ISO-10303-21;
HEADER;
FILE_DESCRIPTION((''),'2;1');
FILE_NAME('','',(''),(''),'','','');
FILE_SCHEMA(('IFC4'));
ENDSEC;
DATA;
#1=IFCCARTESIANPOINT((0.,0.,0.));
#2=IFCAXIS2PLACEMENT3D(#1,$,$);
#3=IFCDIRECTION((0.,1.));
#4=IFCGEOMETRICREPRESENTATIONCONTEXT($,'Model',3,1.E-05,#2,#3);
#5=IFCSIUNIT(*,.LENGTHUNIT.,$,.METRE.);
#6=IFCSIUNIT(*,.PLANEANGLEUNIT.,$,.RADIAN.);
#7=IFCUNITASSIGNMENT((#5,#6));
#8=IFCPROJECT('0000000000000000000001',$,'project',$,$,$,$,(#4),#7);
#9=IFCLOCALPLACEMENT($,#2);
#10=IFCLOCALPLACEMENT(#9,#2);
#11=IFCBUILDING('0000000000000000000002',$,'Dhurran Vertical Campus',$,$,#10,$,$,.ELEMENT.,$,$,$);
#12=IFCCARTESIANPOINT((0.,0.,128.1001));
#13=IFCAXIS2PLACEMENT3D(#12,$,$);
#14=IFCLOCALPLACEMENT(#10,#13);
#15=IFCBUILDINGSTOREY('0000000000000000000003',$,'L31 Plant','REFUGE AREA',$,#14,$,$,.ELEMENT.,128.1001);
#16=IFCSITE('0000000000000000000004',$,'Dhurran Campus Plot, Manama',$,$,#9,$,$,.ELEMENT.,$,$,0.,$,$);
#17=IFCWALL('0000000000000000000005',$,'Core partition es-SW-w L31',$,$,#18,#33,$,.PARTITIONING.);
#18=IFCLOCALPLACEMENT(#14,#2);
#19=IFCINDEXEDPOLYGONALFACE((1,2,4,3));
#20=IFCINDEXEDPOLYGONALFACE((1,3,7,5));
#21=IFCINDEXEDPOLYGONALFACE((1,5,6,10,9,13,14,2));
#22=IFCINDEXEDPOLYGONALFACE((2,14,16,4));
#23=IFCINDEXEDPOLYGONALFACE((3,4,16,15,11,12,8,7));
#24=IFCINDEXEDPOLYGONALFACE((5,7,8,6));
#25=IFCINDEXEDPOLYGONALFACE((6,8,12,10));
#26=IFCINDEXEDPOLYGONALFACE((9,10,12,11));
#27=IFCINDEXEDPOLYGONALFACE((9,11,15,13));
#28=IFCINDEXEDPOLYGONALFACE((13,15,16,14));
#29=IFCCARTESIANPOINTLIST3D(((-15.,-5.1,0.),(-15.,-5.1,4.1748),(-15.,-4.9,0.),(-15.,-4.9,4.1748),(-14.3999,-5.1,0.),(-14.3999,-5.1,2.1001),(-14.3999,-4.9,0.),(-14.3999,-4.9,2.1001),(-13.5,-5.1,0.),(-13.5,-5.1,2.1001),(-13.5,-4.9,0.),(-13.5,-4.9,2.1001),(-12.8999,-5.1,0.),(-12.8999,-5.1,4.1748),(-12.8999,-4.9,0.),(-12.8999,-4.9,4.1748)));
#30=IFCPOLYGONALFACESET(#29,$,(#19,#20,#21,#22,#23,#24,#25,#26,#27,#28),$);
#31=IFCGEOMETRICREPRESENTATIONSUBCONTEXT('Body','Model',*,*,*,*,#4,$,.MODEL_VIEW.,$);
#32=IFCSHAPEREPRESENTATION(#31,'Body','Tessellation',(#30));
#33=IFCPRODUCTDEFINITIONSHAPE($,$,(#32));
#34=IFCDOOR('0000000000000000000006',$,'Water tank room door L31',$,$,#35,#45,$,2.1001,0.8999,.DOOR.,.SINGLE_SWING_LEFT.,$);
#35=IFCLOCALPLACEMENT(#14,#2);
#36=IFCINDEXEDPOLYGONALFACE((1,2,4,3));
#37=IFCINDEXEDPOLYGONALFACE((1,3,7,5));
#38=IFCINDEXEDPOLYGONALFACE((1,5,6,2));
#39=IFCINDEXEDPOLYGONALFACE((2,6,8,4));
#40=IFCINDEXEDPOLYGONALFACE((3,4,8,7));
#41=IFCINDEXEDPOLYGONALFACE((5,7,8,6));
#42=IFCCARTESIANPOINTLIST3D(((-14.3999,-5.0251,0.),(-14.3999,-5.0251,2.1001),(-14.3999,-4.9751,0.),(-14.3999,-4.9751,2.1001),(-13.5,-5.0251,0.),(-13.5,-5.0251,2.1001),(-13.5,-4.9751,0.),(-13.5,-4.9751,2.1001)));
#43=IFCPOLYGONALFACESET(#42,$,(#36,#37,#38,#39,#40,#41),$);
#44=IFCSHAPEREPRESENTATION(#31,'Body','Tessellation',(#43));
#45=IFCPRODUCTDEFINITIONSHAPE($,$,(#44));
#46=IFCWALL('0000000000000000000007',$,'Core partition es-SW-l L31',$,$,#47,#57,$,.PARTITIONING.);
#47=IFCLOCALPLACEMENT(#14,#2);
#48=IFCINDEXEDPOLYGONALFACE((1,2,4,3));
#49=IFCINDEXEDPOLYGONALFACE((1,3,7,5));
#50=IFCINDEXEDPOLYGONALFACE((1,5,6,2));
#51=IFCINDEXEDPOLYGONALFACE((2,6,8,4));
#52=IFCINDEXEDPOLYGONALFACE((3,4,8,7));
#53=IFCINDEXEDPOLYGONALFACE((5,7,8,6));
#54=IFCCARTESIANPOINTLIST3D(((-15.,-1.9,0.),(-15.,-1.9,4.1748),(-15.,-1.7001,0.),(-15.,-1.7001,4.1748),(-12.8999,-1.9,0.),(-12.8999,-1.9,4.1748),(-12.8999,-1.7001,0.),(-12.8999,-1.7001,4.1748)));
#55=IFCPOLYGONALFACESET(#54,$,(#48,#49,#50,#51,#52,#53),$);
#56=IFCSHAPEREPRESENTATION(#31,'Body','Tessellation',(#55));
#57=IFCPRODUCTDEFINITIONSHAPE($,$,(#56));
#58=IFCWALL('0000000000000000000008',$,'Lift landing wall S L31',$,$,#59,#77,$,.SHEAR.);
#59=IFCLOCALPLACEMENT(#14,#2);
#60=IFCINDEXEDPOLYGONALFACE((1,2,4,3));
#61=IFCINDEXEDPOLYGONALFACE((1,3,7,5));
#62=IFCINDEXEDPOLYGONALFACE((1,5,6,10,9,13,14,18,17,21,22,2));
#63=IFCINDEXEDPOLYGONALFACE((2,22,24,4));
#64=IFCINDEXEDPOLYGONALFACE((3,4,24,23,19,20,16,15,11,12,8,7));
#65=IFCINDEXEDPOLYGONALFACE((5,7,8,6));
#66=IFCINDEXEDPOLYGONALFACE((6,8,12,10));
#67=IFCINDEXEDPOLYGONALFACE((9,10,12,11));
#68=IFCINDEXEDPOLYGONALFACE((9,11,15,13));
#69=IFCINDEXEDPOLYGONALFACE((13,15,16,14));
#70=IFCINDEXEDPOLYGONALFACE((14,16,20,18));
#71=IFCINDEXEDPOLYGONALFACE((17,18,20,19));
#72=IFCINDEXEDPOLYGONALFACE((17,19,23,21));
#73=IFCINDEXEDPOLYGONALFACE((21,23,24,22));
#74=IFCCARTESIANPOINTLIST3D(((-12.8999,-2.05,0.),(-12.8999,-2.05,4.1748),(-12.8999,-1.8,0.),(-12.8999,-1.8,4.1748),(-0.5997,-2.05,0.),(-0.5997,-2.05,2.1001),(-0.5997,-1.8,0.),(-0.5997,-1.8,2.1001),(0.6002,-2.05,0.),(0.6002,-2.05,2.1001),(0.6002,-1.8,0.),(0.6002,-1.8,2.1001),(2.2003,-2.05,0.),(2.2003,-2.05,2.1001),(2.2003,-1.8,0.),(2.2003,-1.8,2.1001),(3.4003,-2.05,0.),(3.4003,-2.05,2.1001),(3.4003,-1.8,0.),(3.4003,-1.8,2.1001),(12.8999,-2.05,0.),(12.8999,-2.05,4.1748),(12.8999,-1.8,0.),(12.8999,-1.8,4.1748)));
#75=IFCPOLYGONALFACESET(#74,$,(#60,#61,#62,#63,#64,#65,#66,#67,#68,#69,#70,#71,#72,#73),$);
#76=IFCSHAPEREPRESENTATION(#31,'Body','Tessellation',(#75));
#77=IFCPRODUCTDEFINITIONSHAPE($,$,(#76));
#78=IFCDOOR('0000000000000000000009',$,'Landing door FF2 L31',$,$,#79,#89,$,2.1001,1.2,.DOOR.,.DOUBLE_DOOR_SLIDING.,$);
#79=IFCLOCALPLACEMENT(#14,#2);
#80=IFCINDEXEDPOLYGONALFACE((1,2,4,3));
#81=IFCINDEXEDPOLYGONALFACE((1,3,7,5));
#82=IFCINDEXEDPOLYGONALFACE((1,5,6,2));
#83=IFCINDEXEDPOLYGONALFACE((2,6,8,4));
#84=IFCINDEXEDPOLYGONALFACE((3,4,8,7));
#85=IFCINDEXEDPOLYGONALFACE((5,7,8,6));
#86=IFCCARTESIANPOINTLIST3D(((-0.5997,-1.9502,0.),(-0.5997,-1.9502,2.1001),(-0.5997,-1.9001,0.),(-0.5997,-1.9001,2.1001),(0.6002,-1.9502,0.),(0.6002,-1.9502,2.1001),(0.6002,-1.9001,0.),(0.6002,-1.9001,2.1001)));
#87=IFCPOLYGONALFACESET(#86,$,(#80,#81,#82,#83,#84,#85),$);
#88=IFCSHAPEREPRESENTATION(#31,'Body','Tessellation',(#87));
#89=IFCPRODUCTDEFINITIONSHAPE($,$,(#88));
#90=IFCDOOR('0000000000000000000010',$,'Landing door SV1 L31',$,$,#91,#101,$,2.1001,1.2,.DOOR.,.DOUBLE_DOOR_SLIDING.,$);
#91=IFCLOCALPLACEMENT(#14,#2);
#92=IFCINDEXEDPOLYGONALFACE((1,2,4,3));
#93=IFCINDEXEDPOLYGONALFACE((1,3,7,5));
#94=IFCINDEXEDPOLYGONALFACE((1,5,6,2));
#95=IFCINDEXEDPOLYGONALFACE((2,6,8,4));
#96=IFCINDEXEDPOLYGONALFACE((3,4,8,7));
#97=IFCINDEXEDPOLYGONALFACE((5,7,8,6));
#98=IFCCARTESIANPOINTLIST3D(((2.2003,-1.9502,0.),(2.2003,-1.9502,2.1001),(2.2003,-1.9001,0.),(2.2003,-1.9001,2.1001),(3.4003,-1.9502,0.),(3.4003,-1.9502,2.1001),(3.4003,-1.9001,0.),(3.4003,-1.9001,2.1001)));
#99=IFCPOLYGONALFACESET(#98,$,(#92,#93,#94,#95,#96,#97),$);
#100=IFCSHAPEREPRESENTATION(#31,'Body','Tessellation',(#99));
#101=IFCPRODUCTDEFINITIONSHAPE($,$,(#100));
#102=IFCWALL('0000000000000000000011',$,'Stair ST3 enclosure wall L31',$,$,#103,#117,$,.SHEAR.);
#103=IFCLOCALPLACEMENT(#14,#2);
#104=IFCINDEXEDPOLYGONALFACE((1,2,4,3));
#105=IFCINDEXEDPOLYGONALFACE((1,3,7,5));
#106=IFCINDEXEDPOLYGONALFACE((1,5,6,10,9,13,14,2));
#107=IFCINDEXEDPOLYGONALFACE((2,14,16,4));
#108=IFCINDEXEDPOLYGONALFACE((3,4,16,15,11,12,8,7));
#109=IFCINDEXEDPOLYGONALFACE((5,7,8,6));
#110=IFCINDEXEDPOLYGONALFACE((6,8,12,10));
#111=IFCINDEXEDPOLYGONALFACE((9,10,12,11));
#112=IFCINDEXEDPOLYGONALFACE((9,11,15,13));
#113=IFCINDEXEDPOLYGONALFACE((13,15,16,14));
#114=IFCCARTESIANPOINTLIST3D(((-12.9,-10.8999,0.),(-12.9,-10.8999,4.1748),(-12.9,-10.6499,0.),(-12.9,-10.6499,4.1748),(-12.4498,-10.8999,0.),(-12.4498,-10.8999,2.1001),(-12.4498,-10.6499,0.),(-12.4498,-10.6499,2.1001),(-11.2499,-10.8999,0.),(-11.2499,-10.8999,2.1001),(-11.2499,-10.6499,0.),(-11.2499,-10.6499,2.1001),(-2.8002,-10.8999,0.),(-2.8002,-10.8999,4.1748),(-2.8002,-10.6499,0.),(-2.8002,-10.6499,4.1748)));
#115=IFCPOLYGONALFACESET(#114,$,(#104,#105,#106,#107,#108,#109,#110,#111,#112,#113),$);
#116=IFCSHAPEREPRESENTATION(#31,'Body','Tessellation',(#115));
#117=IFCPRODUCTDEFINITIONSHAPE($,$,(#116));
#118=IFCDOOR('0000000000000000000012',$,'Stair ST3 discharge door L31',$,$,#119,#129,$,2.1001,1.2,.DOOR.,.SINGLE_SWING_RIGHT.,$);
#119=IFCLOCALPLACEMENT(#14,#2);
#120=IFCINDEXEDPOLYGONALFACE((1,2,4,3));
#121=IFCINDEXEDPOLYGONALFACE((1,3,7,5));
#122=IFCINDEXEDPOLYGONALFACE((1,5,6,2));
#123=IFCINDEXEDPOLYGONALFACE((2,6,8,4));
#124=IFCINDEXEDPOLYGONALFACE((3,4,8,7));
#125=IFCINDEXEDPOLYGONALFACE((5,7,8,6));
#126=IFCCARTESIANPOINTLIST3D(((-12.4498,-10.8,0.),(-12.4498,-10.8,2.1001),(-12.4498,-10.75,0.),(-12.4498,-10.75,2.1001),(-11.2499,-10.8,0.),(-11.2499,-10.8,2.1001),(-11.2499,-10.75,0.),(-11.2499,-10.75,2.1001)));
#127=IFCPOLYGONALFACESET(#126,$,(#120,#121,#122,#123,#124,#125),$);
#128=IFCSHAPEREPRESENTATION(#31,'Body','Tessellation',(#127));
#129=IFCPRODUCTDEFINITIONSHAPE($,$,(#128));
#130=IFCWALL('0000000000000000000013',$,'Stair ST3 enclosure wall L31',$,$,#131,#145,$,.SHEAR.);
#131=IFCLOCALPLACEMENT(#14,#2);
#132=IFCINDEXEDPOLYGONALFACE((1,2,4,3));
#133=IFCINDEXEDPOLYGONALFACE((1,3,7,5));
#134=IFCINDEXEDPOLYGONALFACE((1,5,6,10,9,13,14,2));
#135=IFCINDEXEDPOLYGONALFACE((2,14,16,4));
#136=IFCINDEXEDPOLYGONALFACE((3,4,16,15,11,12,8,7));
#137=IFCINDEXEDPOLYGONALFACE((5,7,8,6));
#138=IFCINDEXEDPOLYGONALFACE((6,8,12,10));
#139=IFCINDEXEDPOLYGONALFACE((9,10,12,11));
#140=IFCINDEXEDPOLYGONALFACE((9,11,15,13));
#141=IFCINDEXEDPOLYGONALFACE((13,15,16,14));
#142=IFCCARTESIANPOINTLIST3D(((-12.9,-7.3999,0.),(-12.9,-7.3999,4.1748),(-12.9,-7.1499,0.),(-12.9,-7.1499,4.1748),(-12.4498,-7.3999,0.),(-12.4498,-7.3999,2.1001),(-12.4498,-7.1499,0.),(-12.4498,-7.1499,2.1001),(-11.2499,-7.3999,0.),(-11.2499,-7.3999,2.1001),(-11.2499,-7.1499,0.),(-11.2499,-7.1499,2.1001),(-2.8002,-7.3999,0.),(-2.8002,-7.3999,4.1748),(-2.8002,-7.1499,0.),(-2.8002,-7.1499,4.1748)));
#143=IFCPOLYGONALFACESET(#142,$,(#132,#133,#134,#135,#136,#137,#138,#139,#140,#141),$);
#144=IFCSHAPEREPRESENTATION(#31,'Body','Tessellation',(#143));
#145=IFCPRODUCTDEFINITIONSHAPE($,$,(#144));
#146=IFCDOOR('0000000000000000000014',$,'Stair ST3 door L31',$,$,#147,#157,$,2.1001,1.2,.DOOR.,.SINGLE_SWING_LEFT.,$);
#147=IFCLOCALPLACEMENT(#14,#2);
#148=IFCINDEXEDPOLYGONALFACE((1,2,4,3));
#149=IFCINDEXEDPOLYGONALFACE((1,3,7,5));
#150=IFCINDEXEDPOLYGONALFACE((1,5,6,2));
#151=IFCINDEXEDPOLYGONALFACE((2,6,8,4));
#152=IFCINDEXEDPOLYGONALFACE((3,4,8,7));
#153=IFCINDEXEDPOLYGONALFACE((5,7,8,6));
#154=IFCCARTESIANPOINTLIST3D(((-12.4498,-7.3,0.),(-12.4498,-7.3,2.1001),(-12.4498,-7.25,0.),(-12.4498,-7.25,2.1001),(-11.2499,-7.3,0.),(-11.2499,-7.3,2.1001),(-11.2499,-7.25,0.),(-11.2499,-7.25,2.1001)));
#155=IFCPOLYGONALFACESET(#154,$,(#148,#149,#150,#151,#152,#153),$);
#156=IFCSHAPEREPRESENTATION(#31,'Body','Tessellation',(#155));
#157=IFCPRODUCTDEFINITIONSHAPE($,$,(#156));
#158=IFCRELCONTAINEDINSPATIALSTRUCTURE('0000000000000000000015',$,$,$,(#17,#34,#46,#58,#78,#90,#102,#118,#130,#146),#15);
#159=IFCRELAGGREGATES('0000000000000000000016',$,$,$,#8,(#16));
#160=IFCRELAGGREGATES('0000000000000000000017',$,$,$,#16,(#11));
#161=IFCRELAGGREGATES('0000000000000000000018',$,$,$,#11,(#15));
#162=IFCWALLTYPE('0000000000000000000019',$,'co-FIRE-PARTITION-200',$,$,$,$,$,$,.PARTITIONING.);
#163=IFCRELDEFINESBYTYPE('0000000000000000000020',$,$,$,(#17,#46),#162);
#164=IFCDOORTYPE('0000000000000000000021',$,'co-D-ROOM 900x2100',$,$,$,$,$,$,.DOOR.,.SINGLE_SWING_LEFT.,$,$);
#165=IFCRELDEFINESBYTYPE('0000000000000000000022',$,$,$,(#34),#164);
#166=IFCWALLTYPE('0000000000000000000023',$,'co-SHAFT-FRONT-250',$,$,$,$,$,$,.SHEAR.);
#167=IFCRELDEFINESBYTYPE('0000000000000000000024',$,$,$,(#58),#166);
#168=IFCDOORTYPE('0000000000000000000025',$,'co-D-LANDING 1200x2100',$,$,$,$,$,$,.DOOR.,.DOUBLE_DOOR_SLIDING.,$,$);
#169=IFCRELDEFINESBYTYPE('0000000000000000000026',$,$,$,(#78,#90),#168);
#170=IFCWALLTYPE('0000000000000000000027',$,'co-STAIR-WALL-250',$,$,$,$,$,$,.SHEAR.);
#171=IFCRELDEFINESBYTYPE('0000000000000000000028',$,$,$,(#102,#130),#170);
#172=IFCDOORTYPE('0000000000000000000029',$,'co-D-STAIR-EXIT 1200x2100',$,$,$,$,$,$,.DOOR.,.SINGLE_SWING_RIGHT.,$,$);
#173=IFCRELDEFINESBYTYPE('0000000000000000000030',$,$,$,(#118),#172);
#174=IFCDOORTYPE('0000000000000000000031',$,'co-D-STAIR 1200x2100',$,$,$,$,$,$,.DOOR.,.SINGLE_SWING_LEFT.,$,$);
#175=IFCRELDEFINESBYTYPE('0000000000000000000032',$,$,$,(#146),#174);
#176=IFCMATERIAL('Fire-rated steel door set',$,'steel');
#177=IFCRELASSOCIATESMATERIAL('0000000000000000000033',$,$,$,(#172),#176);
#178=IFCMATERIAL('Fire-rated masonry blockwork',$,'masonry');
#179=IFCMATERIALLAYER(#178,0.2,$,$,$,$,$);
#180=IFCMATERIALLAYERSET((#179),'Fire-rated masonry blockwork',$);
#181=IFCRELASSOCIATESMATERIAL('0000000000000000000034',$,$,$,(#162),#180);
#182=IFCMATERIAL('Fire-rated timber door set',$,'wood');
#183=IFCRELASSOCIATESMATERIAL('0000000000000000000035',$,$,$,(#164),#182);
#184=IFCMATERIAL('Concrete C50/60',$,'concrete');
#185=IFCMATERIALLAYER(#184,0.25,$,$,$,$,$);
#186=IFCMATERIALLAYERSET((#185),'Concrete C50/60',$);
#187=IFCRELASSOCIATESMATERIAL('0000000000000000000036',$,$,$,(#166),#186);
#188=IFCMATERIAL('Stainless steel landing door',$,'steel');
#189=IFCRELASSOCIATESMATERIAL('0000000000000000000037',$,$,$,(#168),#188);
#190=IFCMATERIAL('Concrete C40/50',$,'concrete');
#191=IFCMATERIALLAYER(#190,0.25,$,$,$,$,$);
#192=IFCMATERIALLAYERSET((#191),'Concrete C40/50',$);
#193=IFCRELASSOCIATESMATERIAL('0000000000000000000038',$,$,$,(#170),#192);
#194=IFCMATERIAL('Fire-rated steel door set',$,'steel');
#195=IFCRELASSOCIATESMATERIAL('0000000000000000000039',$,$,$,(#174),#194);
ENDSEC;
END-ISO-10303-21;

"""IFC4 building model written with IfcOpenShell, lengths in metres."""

from ifc_helpers import new_model, si_unit, direction, frame, frame_2d, origin, place, context, subcontext, project, spatial, rectangle, extrude, material, layer, layer_set, type_object, element, fill, save


model = new_model("IFC4")

# Units and contexts
model_context = context("Model", 3, precision=1e-05, world=origin(), true_north=direction((0.0, 1.0)))
body_context = subcontext(model_context, "Body", "Model", "MODEL_VIEW")
ifc_project = project(units=[si_unit("LENGTHUNIT", "METRE"), si_unit("PLANEANGLEUNIT", "RADIAN")], contexts=[model_context])

# Site, building, storey
site_placement = place(None, origin())
site = spatial("IfcSite", under=ifc_project, at=site_placement, Name="Dhurran Campus Plot, Manama", CompositionType="ELEMENT", RefElevation=0.0)
building_placement = place(site_placement, origin())
building = spatial("IfcBuilding", under=site, at=building_placement, Name="Dhurran Vertical Campus", CompositionType="ELEMENT")
storey_placement = place(building_placement, frame((0.0, 0.0, 128.1001)))
storey = spatial("IfcBuildingStorey", under=building, at=storey_placement, Name="L31 Plant", Description="REFUGE AREA", CompositionType="ELEMENT", Elevation=128.1001)

# Shared definitions
ifc_material_1 = material(Name="Fire-rated steel door set", Category="steel")
door_type_1 = type_object("IfcDoorType", Name="co-D-STAIR-EXIT 1200x2100", OperationType="SINGLE_SWING_RIGHT", PredefinedType="DOOR", material=ifc_material_1)

# Shared definitions
ifc_material_2 = material(Name="Fire-rated masonry blockwork", Category="masonry")
ifc_layer_1 = layer(ifc_material_2, 0.2)
ifc_layer_set_1 = layer_set([ifc_layer_1], Name="Fire-rated masonry blockwork")
wall_type_1 = type_object("IfcWallType", Name="co-FIRE-PARTITION-200", PredefinedType="PARTITIONING", material=ifc_layer_set_1)

# Wall, opening, door
ifc_material_3 = material(Name="Fire-rated timber door set", Category="wood")
door_type_2 = type_object("IfcDoorType", Name="co-D-ROOM 900x2100", OperationType="SINGLE_SWING_LEFT", PredefinedType="DOOR", material=ifc_material_3)
wall_1_placement = place(storey_placement, frame((-15.0, -5.0, 0.0), z_axis=(0.0, 0.0, 1.0), x_axis=(1.0, 0.0, 0.0)))
wall_1 = element("IfcWall", 1, at=wall_1_placement, inside=storey, type_object=wall_type_1, Name="Core partition es-SW-w L31", PredefinedType="PARTITIONING", context=body_context, shape_type="SweptSolid", body=[
    extrude(rectangle(XDim=2.1001, YDim=0.2, at=frame_2d((1.05, 0.0))), origin(), (0.0, 0.0, 1.0), 4.1748),
])
opening_1_placement = place(wall_1_placement, frame((0.6001, 0.0, 0.0)))
opening_1 = element("IfcOpeningElement", 2, at=opening_1_placement, cuts=wall_1, PredefinedType="OPENING", context=body_context, shape_type="SweptSolid", body=[
    extrude(rectangle(XDim=0.8999, YDim=2.1001, at=frame_2d((0.45, 1.05))), frame((0.0, 0.1099, 0.0), z_axis=(0.0, -1.0, 0.0), x_axis=(1.0, 0.0, 0.0)), (0.0, 0.0, 1.0), 0.22),
])
door_1_placement = place(opening_1_placement, origin())
door_1 = element("IfcDoor", 3, at=door_1_placement, inside=storey, type_object=door_type_2, Name="Water tank room door L31", OperationType="SINGLE_SWING_LEFT", OverallHeight=2.1001, OverallWidth=0.8999, PredefinedType="DOOR", context=body_context, shape_type="SweptSolid", body=[
    extrude(rectangle(XDim=0.8999, YDim=2.1001, at=frame_2d((0.45, 1.05))), frame((0.0, 0.0249, 0.0), z_axis=(0.0, -1.0, 0.0), x_axis=(1.0, 0.0, 0.0)), (0.0, 0.0, 1.0), 0.05),
])
fill(opening_1, door_1)

# Wall
wall_2_placement = place(storey_placement, frame((-15.0, -1.8, 0.0), z_axis=(0.0, 0.0, 1.0), x_axis=(1.0, 0.0, 0.0)))
element("IfcWall", 4, at=wall_2_placement, inside=storey, type_object=wall_type_1, Name="Core partition es-SW-l L31", PredefinedType="PARTITIONING", context=body_context, shape_type="SweptSolid", body=[
    extrude(rectangle(XDim=2.1001, YDim=0.2, at=frame_2d((1.05, 0.0))), origin(), (0.0, 0.0, 1.0), 4.1748),
])

# Wall, openings, doors
ifc_material_4 = material(Name="Concrete C50/60", Category="concrete")
ifc_layer_2 = layer(ifc_material_4, 0.25)
ifc_layer_set_2 = layer_set([ifc_layer_2], Name="Concrete C50/60")
wall_type_2 = type_object("IfcWallType", Name="co-SHAFT-FRONT-250", PredefinedType="SHEAR", material=ifc_layer_set_2)
wall_3_placement = place(storey_placement, frame((-12.8999, -1.925, 0.0), z_axis=(0.0, 0.0, 1.0), x_axis=(1.0, 0.0, 0.0)))
wall_3 = element("IfcWall", 5, at=wall_3_placement, inside=storey, type_object=wall_type_2, Name="Lift landing wall S L31", PredefinedType="SHEAR", context=body_context, shape_type="SweptSolid", body=[
    extrude(rectangle(XDim=25.7998, YDim=0.25, at=frame_2d((12.8999, 0.0))), origin(), (0.0, 0.0, 1.0), 4.1748),
])
opening_2_placement = place(wall_3_placement, frame((12.3, 0.0, 0.0)))
opening_2 = element("IfcOpeningElement", 6, at=opening_2_placement, cuts=wall_3, PredefinedType="OPENING", context=body_context, shape_type="SweptSolid", body=[
    extrude(rectangle(XDim=1.2, YDim=2.1001, at=frame_2d((0.6001, 1.05))), frame((0.0, 0.135, 0.0), z_axis=(0.0, -1.0, 0.0), x_axis=(1.0, 0.0, 0.0)), (0.0, 0.0, 1.0), 0.27),
])
opening_3_placement = place(wall_3_placement, frame((15.1001, 0.0, 0.0)))
opening_3 = element("IfcOpeningElement", 7, at=opening_3_placement, cuts=wall_3, PredefinedType="OPENING", context=body_context, shape_type="SweptSolid", body=[
    extrude(rectangle(XDim=1.2, YDim=2.1001, at=frame_2d((0.6001, 1.05))), frame((0.0, 0.135, 0.0), z_axis=(0.0, -1.0, 0.0), x_axis=(1.0, 0.0, 0.0)), (0.0, 0.0, 1.0), 0.27),
])
ifc_material_5 = material(Name="Stainless steel landing door", Category="steel")
door_type_3 = type_object("IfcDoorType", Name="co-D-LANDING 1200x2100", OperationType="DOUBLE_DOOR_SLIDING", PredefinedType="DOOR", material=ifc_material_5)
door_2_placement = place(opening_2_placement, origin())
door_2 = element("IfcDoor", 8, at=door_2_placement, inside=storey, type_object=door_type_3, Name="Landing door FF2 L31", OperationType="DOUBLE_DOOR_SLIDING", OverallHeight=2.1001, OverallWidth=1.2, PredefinedType="DOOR", context=body_context, shape_type="SweptSolid", body=[
    extrude(rectangle(XDim=1.2, YDim=2.1001, at=frame_2d((0.6001, 1.05))), frame((0.0, 0.0249, 0.0), z_axis=(0.0, -1.0, 0.0), x_axis=(1.0, 0.0, 0.0)), (0.0, 0.0, 1.0), 0.05),
])
fill(opening_2, door_2)
door_3_placement = place(opening_3_placement, origin())
door_3 = element("IfcDoor", 9, at=door_3_placement, inside=storey, type_object=door_type_3, Name="Landing door SV1 L31", OperationType="DOUBLE_DOOR_SLIDING", OverallHeight=2.1001, OverallWidth=1.2, PredefinedType="DOOR", context=body_context, shape_type="SweptSolid", body=[
    extrude(rectangle(XDim=1.2, YDim=2.1001, at=frame_2d((0.6001, 1.05))), frame((0.0, 0.0249, 0.0), z_axis=(0.0, -1.0, 0.0), x_axis=(1.0, 0.0, 0.0)), (0.0, 0.0, 1.0), 0.05),
])
fill(opening_3, door_3)

# Walls, openings, doors
ifc_material_6 = material(Name="Concrete C40/50", Category="concrete")
ifc_layer_3 = layer(ifc_material_6, 0.25)
ifc_layer_set_3 = layer_set([ifc_layer_3], Name="Concrete C40/50")
wall_type_3 = type_object("IfcWallType", Name="co-STAIR-WALL-250", PredefinedType="SHEAR", material=ifc_layer_set_3)
wall_4_placement = place(storey_placement, frame((-12.8999, -10.7749, 0.0), z_axis=(0.0, 0.0, 1.0), x_axis=(1.0, 0.0, 0.0)))
wall_4 = element("IfcWall", 10, at=wall_4_placement, inside=storey, type_object=wall_type_3, Name="Stair ST3 enclosure wall L31", PredefinedType="SHEAR", context=body_context, shape_type="SweptSolid", body=[
    extrude(rectangle(XDim=10.0999, YDim=0.25, at=frame_2d((5.0498, 0.0))), origin(), (0.0, 0.0, 1.0), 4.1748),
])
opening_4_placement = place(wall_4_placement, frame((0.45, 0.0, 0.0)))
opening_4 = element("IfcOpeningElement", 11, at=opening_4_placement, cuts=wall_4, PredefinedType="OPENING", context=body_context, shape_type="SweptSolid", body=[
    extrude(rectangle(XDim=1.2, YDim=2.1001, at=frame_2d((0.6001, 1.05))), frame((0.0, 0.135, 0.0), z_axis=(0.0, -1.0, 0.0), x_axis=(1.0, 0.0, 0.0)), (0.0, 0.0, 1.0), 0.27),
])
door_4_placement = place(opening_4_placement, origin())
door_4 = element("IfcDoor", 12, at=door_4_placement, inside=storey, type_object=door_type_1, Name="Stair ST3 discharge door L31", OperationType="SINGLE_SWING_RIGHT", OverallHeight=2.1001, OverallWidth=1.2, PredefinedType="DOOR", context=body_context, shape_type="SweptSolid", body=[
    extrude(rectangle(XDim=1.2, YDim=2.1001, at=frame_2d((0.6001, 1.05))), frame((0.0, 0.0249, 0.0), z_axis=(0.0, -1.0, 0.0), x_axis=(1.0, 0.0, 0.0)), (0.0, 0.0, 1.0), 0.05),
])
fill(opening_4, door_4)
wall_5_placement = place(storey_placement, frame((-12.8999, -7.2749, 0.0), z_axis=(0.0, 0.0, 1.0), x_axis=(1.0, 0.0, 0.0)))
wall_5 = element("IfcWall", 13, at=wall_5_placement, inside=storey, type_object=wall_type_3, Name="Stair ST3 enclosure wall L31", PredefinedType="SHEAR", context=body_context, shape_type="SweptSolid", body=[
    extrude(rectangle(XDim=10.0999, YDim=0.25, at=frame_2d((5.0498, 0.0))), origin(), (0.0, 0.0, 1.0), 4.1748),
])
opening_5_placement = place(wall_5_placement, frame((0.45, 0.0, 0.0)))
opening_5 = element("IfcOpeningElement", 14, at=opening_5_placement, cuts=wall_5, PredefinedType="OPENING", context=body_context, shape_type="SweptSolid", body=[
    extrude(rectangle(XDim=1.2, YDim=2.1001, at=frame_2d((0.6001, 1.05))), frame((0.0, 0.135, 0.0), z_axis=(0.0, -1.0, 0.0), x_axis=(1.0, 0.0, 0.0)), (0.0, 0.0, 1.0), 0.27),
])
ifc_material_7 = material(Name="Fire-rated steel door set", Category="steel")
door_type_4 = type_object("IfcDoorType", Name="co-D-STAIR 1200x2100", OperationType="SINGLE_SWING_LEFT", PredefinedType="DOOR", material=ifc_material_7)
door_5_placement = place(opening_5_placement, origin())
door_5 = element("IfcDoor", 15, at=door_5_placement, inside=storey, type_object=door_type_4, Name="Stair ST3 door L31", OperationType="SINGLE_SWING_LEFT", OverallHeight=2.1001, OverallWidth=1.2, PredefinedType="DOOR", context=body_context, shape_type="SweptSolid", body=[
    extrude(rectangle(XDim=1.2, YDim=2.1001, at=frame_2d((0.6001, 1.05))), frame((0.0, 0.0249, 0.0), z_axis=(0.0, -1.0, 0.0), x_axis=(1.0, 0.0, 0.0)), (0.0, 0.0, 1.0), 0.05),
])
fill(opening_5, door_5)

save(model, "model.ifc")
